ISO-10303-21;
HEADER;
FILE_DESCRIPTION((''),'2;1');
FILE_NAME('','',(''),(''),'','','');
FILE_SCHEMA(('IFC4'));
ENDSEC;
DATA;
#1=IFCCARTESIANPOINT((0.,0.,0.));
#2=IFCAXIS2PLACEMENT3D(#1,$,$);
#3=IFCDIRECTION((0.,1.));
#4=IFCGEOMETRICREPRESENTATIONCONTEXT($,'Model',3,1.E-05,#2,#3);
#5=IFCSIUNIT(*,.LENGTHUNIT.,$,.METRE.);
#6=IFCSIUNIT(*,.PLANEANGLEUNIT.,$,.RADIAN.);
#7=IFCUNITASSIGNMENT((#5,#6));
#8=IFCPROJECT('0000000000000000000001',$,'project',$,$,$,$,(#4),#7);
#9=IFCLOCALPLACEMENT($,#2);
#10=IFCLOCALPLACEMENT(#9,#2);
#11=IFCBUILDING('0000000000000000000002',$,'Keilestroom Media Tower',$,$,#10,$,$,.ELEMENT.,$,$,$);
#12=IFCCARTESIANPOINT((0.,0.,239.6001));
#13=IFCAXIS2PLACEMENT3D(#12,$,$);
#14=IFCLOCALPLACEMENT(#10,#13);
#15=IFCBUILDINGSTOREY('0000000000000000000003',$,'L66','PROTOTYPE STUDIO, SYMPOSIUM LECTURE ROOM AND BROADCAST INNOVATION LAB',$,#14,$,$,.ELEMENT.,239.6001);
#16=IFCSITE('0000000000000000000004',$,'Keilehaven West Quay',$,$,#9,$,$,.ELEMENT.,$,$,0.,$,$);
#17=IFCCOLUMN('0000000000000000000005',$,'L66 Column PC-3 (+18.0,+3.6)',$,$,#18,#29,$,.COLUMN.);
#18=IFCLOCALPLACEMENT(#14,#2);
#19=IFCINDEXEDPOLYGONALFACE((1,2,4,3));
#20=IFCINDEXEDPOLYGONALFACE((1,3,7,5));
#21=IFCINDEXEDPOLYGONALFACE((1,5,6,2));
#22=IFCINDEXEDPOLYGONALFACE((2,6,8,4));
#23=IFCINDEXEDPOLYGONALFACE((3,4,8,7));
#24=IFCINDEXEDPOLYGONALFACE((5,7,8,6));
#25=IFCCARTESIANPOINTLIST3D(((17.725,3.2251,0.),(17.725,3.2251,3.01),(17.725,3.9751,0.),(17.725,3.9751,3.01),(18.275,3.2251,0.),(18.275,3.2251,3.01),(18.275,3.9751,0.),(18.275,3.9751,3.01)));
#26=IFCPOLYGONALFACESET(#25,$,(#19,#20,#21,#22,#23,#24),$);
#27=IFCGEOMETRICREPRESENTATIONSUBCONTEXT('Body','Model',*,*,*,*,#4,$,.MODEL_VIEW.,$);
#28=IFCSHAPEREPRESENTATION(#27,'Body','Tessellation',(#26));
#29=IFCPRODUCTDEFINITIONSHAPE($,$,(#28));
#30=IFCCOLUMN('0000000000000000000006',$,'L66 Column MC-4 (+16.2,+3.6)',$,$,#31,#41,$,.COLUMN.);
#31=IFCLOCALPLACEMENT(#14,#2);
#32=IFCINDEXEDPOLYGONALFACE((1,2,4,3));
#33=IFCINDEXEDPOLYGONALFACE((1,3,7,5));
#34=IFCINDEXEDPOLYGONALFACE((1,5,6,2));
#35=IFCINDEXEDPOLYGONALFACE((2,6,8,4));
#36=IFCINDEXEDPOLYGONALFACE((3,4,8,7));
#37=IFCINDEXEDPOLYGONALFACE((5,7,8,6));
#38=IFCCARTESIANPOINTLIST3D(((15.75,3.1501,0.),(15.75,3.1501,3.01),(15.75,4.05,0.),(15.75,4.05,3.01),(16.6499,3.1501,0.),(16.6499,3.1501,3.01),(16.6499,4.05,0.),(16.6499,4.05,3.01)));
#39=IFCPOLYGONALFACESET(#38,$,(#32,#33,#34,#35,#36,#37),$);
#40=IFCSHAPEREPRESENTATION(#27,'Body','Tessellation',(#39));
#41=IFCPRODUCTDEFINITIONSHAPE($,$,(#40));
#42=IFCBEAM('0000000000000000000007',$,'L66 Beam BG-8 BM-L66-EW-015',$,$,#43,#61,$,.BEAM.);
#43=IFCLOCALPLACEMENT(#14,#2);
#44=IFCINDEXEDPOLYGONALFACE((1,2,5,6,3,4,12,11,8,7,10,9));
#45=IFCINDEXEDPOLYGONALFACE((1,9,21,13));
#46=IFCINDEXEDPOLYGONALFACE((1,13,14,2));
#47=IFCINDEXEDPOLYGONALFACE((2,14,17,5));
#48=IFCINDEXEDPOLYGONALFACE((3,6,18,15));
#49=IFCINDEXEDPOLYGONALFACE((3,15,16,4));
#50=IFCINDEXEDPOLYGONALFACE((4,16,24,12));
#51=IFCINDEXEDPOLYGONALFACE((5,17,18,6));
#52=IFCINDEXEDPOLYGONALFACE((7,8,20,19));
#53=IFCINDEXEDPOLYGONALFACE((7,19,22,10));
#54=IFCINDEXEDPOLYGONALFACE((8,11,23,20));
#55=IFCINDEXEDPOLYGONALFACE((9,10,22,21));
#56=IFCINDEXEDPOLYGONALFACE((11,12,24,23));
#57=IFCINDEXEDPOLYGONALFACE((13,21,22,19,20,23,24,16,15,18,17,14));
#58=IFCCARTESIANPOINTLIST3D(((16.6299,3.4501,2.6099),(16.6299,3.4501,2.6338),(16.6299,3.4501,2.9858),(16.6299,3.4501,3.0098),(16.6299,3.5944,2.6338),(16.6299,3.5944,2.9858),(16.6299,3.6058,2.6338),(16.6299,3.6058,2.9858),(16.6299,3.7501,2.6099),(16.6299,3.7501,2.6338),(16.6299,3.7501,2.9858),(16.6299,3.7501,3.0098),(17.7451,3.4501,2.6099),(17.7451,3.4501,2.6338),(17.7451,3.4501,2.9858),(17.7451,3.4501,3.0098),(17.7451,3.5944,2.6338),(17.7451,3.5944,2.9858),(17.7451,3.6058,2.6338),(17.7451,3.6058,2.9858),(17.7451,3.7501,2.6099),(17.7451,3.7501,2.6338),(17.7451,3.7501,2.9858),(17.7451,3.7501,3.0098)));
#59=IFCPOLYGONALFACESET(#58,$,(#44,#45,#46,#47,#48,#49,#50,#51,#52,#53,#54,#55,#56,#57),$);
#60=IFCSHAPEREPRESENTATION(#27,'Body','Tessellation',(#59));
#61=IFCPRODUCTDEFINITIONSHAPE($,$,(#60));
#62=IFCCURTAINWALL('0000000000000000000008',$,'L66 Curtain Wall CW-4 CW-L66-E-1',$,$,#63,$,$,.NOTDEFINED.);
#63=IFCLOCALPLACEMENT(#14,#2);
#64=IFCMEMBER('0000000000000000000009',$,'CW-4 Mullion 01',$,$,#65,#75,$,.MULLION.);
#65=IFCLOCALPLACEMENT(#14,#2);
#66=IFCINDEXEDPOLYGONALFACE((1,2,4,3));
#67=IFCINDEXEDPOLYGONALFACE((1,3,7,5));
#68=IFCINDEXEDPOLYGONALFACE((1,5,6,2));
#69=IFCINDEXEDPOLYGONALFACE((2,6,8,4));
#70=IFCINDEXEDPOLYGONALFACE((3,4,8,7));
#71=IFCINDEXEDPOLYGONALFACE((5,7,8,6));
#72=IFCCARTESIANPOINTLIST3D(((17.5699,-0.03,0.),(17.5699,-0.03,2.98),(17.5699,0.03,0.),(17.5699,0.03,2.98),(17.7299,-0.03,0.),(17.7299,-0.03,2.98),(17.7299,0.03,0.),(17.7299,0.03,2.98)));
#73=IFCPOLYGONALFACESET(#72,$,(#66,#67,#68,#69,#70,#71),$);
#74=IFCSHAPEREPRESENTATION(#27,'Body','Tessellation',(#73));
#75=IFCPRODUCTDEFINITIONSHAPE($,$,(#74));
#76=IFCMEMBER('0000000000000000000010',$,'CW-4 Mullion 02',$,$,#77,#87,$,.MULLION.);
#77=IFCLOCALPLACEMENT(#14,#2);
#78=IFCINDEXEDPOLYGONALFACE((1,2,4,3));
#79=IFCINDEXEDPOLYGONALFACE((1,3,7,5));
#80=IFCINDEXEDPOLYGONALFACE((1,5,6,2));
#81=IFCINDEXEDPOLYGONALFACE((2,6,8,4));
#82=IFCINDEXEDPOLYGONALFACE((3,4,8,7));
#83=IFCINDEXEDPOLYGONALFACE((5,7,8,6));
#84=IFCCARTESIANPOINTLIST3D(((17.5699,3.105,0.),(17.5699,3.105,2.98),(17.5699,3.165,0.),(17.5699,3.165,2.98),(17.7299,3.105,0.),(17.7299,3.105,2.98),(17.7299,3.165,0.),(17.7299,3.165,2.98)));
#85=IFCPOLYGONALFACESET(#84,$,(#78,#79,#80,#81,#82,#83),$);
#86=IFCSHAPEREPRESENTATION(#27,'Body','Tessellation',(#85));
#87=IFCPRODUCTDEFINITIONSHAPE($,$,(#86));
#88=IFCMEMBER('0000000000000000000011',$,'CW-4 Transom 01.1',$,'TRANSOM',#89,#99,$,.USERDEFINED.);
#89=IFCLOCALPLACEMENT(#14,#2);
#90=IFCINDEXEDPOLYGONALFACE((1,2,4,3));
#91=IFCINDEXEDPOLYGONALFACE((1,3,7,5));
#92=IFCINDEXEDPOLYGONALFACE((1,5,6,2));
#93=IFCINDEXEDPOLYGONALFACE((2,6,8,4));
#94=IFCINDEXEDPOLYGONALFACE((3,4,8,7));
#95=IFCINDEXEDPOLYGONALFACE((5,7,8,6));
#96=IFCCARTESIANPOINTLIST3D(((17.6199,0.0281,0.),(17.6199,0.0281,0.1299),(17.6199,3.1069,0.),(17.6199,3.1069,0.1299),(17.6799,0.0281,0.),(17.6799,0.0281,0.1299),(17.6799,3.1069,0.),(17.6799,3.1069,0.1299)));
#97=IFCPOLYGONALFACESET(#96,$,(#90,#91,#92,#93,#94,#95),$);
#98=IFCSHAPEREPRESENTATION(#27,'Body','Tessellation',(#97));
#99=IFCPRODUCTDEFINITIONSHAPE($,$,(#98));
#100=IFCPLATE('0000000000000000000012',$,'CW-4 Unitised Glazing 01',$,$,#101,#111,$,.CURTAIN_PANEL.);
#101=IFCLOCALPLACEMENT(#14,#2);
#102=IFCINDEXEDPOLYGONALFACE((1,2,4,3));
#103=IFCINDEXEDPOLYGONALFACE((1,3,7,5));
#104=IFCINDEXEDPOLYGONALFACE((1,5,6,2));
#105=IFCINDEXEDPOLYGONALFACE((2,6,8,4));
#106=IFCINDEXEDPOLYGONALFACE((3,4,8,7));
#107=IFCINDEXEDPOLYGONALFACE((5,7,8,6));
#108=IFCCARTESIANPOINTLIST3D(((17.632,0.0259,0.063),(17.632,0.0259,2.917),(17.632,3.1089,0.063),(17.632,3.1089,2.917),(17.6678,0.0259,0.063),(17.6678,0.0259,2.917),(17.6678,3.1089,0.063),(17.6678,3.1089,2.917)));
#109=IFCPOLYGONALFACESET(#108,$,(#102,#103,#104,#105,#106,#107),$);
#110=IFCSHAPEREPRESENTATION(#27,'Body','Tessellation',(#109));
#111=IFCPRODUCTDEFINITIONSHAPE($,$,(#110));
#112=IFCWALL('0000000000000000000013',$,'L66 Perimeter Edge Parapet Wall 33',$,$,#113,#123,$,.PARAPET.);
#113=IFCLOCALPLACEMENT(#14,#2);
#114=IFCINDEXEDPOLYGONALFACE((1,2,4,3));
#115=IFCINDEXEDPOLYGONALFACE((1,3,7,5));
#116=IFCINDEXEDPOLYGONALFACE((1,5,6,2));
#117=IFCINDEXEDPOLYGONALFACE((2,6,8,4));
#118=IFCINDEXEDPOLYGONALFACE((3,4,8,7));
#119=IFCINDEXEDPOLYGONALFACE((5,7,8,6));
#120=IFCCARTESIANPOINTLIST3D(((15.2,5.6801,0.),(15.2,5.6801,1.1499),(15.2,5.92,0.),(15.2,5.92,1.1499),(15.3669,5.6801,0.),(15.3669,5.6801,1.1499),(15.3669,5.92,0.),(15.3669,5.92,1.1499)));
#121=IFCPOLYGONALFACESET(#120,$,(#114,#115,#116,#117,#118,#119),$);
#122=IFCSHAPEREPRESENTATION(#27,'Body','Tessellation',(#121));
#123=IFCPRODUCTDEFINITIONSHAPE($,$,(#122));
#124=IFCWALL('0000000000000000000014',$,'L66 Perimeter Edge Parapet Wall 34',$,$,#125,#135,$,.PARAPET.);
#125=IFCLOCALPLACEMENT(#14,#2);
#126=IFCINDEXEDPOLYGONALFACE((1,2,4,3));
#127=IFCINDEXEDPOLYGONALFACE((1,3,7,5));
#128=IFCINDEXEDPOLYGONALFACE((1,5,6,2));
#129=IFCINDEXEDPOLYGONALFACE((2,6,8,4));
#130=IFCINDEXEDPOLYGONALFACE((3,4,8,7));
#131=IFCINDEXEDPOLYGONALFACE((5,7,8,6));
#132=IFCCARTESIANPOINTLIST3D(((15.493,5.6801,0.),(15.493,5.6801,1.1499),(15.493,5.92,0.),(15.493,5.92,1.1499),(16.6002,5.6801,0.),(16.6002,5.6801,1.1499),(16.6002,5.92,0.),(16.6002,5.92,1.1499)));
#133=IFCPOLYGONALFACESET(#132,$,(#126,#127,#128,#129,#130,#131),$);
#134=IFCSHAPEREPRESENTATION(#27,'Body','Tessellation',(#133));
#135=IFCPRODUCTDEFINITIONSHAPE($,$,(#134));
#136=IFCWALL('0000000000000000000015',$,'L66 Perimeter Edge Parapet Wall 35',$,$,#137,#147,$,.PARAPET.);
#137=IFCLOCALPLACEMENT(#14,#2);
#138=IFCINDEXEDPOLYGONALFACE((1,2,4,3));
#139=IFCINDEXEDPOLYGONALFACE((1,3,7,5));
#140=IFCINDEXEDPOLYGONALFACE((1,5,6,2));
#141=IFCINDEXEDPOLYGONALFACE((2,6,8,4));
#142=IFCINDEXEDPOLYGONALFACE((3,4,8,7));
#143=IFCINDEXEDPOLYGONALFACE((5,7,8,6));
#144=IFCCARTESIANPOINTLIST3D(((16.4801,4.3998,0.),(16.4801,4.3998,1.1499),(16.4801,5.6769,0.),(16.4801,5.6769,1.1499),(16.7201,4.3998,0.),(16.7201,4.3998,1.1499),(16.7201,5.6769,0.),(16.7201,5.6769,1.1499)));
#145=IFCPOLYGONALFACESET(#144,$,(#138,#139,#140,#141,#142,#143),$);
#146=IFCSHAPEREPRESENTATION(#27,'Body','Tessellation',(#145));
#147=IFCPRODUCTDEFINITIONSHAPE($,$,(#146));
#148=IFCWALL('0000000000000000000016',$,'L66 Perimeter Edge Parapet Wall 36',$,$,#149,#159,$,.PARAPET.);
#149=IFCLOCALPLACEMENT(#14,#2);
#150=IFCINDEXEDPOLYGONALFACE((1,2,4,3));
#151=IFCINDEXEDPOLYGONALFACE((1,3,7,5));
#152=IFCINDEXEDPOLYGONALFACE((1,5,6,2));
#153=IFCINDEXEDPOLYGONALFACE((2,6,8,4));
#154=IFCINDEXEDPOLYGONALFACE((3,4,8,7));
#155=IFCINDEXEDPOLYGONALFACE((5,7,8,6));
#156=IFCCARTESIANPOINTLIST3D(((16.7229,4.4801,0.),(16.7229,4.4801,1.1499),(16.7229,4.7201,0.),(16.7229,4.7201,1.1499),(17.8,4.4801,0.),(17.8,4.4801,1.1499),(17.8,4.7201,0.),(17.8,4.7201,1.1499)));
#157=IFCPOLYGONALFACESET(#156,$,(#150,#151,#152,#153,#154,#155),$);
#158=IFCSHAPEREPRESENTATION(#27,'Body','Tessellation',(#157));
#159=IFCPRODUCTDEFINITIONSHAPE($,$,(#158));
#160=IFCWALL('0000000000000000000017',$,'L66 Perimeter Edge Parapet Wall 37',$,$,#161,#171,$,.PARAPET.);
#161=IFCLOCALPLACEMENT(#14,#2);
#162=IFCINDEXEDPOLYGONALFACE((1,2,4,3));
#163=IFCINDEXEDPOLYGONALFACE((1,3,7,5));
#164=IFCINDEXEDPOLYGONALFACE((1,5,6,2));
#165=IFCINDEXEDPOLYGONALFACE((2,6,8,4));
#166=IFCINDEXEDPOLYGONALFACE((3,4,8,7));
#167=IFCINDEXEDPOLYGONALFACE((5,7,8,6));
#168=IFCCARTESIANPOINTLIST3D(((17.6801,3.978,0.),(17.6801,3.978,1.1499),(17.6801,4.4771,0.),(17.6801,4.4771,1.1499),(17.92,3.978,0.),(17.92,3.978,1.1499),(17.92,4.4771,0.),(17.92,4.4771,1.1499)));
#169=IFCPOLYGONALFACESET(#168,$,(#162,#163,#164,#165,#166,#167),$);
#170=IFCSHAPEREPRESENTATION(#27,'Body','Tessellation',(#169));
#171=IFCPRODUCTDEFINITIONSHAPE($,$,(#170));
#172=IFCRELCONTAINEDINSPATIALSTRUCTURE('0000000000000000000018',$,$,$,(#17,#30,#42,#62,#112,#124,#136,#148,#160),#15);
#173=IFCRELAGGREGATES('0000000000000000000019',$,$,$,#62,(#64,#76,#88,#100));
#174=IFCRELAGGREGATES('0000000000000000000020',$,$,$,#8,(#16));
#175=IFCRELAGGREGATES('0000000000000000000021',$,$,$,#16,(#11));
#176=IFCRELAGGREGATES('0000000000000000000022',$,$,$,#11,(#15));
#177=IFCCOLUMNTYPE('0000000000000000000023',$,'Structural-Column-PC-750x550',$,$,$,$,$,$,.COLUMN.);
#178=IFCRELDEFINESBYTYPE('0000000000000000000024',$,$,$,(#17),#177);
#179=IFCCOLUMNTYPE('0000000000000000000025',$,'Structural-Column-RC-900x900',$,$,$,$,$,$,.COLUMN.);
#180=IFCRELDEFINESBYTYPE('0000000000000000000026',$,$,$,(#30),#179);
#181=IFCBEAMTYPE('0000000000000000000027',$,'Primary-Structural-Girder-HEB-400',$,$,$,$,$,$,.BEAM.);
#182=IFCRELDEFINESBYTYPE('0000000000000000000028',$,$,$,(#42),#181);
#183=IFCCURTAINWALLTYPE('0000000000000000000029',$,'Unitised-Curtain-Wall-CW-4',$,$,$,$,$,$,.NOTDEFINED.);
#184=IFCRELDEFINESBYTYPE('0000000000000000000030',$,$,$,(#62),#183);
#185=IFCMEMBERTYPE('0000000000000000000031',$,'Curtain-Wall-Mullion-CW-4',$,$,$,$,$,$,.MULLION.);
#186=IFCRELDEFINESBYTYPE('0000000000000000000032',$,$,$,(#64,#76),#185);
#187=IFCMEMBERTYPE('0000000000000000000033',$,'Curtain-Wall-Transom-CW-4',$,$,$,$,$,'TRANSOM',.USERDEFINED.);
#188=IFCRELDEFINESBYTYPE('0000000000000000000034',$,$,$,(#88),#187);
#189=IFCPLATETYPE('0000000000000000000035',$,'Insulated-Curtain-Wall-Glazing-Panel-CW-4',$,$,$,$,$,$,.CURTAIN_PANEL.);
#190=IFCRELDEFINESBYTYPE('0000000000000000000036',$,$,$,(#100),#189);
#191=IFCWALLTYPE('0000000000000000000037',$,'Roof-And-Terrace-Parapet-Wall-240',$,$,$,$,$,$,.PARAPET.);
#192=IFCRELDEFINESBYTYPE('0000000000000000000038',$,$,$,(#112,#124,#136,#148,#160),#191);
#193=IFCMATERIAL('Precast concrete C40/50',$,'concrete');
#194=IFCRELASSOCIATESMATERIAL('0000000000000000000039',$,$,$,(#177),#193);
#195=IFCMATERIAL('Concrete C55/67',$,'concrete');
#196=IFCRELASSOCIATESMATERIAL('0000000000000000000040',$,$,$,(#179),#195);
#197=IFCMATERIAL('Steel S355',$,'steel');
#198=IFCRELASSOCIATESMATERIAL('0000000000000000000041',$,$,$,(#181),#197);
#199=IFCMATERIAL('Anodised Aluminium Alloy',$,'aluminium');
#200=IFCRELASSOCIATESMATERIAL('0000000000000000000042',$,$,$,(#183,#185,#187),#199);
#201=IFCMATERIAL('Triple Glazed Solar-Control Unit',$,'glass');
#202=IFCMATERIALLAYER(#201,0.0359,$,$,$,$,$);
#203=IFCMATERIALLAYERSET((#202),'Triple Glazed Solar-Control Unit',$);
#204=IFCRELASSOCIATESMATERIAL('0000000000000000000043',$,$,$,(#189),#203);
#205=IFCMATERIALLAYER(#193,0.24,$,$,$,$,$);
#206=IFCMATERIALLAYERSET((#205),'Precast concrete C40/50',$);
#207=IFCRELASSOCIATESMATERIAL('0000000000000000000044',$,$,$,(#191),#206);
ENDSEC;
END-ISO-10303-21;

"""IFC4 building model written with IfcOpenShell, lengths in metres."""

from ifc_helpers import new_model, si_unit, direction, frame, frame_2d, origin, origin_2d, place, context, subcontext, project, spatial, rectangle, i_section, extrude, source, transform, mapped, material, layer, layer_set, material_profile, profile_set, type_object, element, aggregate, save


model = new_model("IFC4")

# Units and contexts
model_context = context("Model", 3, precision=1e-05, world=origin(), true_north=direction((0.0, 1.0)))
body_context = subcontext(model_context, "Body", "Model", "MODEL_VIEW")
ifc_project = project(units=[si_unit("LENGTHUNIT", "METRE"), si_unit("PLANEANGLEUNIT", "RADIAN")], contexts=[model_context])

# Site, building, storey
site_placement = place(None, origin())
site = spatial("IfcSite", under=ifc_project, at=site_placement, Name="Keilehaven West Quay", CompositionType="ELEMENT", RefElevation=0.0)
building_placement = place(site_placement, origin())
building = spatial("IfcBuilding", under=site, at=building_placement, Name="Keilestroom Media Tower", CompositionType="ELEMENT")
storey_placement = place(building_placement, frame((0.0, 0.0, 239.6001)))
storey = spatial("IfcBuildingStorey", under=building, at=storey_placement, Name="L66", Description="PROTOTYPE STUDIO, SYMPOSIUM LECTURE ROOM AND BROADCAST INNOVATION LAB", CompositionType="ELEMENT", Elevation=239.6001)

# Columns
ifc_material_1 = material(Name="Precast concrete C40/50", Category="concrete")
ifc_material_profile_1 = material_profile(ifc_material_1, rectangle(XDim=0.55, YDim=0.75, at=origin_2d()), Name="PC 750x550")
ifc_profile_set_1 = profile_set([ifc_material_profile_1], Name="Precast concrete C40/50")
column_type_1 = type_object("IfcColumnType", Name="Structural-Column-PC-750x550", PredefinedType="COLUMN", material=ifc_profile_set_1)
shared_shape_1 = source(origin(), body_context, "Body", "SweptSolid", [
    extrude(rectangle(XDim=0.55, YDim=0.75, at=origin_2d()), origin(), (0.0, 0.0, 1.0), 3.01),
])
column_1_placement = place(storey_placement, frame((18.0, 3.6001, 0.0), z_axis=(0.0, 0.0, 1.0), x_axis=(1.0, 0.0, 0.0)))
element("IfcColumn", 1, at=column_1_placement, inside=storey, type_object=column_type_1, Name="L66 Column PC-3 (+18.0,+3.6)", PredefinedType="COLUMN", context=body_context, shape_type="MappedRepresentation", body=[
    mapped(shared_shape_1, transform((0.0, 0.0, 0.0), x_axis=(1.0, 0.0, 0.0), y_axis=(0.0, 1.0, 0.0), z_axis=(0.0, 0.0, 1.0), scale=1.0)),
])
ifc_material_2 = material(Name="Concrete C55/67", Category="concrete")
ifc_material_profile_2 = material_profile(ifc_material_2, rectangle(XDim=0.8999, YDim=0.8999, at=origin_2d()), Name="RC 900x900")
ifc_profile_set_2 = profile_set([ifc_material_profile_2], Name="Concrete C55/67")
column_type_2 = type_object("IfcColumnType", Name="Structural-Column-RC-900x900", PredefinedType="COLUMN", material=ifc_profile_set_2)
shared_shape_2 = source(origin(), body_context, "Body", "SweptSolid", [
    extrude(rectangle(XDim=0.8999, YDim=0.8999, at=origin_2d()), origin(), (0.0, 0.0, 1.0), 3.01),
])
column_2_placement = place(storey_placement, frame((16.2, 3.6001, 0.0), z_axis=(0.0, 0.0, 1.0), x_axis=(1.0, 0.0, 0.0)))
element("IfcColumn", 2, at=column_2_placement, inside=storey, type_object=column_type_2, Name="L66 Column MC-4 (+16.2,+3.6)", PredefinedType="COLUMN", context=body_context, shape_type="MappedRepresentation", body=[
    mapped(shared_shape_2, transform((0.0, 0.0, 0.0), x_axis=(1.0, 0.0, 0.0), y_axis=(0.0, 1.0, 0.0), z_axis=(0.0, 0.0, 1.0), scale=1.0)),
])

# Beam
ifc_material_3 = material(Name="Steel S355", Category="steel")
ifc_material_profile_3 = material_profile(ifc_material_3, i_section(OverallWidth=0.3, OverallDepth=0.3999, WebThickness=0.0115, FlangeThickness=0.0239, at=origin_2d()), Name="HEB 400")
ifc_profile_set_3 = profile_set([ifc_material_profile_3], Name="Steel S355")
beam_type = type_object("IfcBeamType", Name="Primary-Structural-Girder-HEB-400", PredefinedType="BEAM", material=ifc_profile_set_3)
shared_shape_3 = source(origin(), body_context, "Body", "SweptSolid", [
    extrude(i_section(OverallWidth=0.3, OverallDepth=0.3999, WebThickness=0.0115, FlangeThickness=0.0239, at=origin_2d()), origin(), (0.0, 0.0, 1.0), 1.1152),
])
beam_placement = place(storey_placement, frame((16.6299, 3.6001, 2.8098), z_axis=(1.0, 0.0, 0.0), x_axis=(0.0, 1.0, 0.0)))
element("IfcBeam", 3, at=beam_placement, inside=storey, type_object=beam_type, Name="L66 Beam BG-8 BM-L66-EW-015", PredefinedType="BEAM", context=body_context, shape_type="MappedRepresentation", body=[
    mapped(shared_shape_3, transform((0.0, 0.0, 0.0), x_axis=(1.0, 0.0, 0.0), y_axis=(0.0, 1.0, 0.0), z_axis=(0.0, 0.0, 1.0), scale=1.0)),
])

# Curtain wall, members, plate
ifc_material_4 = material(Name="Anodised Aluminium Alloy", Category="aluminium")
curtain_wall_type = type_object("IfcCurtainWallType", Name="Unitised-Curtain-Wall-CW-4", PredefinedType="NOTDEFINED", material=ifc_material_4)
curtain_wall_placement = place(storey_placement, origin())
curtain_wall = element("IfcCurtainWall", 4, at=curtain_wall_placement, inside=storey, type_object=curtain_wall_type, Name="L66 Curtain Wall CW-4 CW-L66-E-1", PredefinedType="NOTDEFINED")
ifc_material_profile_4 = material_profile(ifc_material_4, rectangle(XDim=0.0601, YDim=0.1599, at=origin_2d()), Name="ALU MULLION 60x160")
ifc_profile_set_4 = profile_set([ifc_material_profile_4], Name="Anodised Aluminium Alloy")
member_type_1 = type_object("IfcMemberType", Name="Curtain-Wall-Mullion-CW-4", PredefinedType="MULLION", material=ifc_profile_set_4)
shared_shape_4 = source(origin(), body_context, "Body", "SweptSolid", [
    extrude(rectangle(XDim=0.0601, YDim=0.1599, at=origin_2d()), origin(), (0.0, 0.0, 1.0), 2.98),
])
member_1_placement = place(storey_placement, frame((17.6499, 0.0, 0.0), z_axis=(0.0, 0.0, 1.0), x_axis=(0.0, 1.0, 0.0)))
member_1 = element("IfcMember", 5, at=member_1_placement, type_object=member_type_1, Name="CW-4 Mullion 01", PredefinedType="MULLION", context=body_context, shape_type="MappedRepresentation", body=[
    mapped(shared_shape_4, transform((0.0, 0.0, 0.0), x_axis=(1.0, 0.0, 0.0), y_axis=(0.0, 1.0, 0.0), z_axis=(0.0, 0.0, 1.0), scale=1.0)),
])
member_2_placement = place(storey_placement, frame((17.6499, 3.135, 0.0), z_axis=(0.0, 0.0, 1.0), x_axis=(0.0, 1.0, 0.0)))
member_2 = element("IfcMember", 6, at=member_2_placement, type_object=member_type_1, Name="CW-4 Mullion 02", PredefinedType="MULLION", context=body_context, shape_type="MappedRepresentation", body=[
    mapped(shared_shape_4, transform((0.0, 0.0, 0.0), x_axis=(1.0, 0.0, 0.0), y_axis=(0.0, 1.0, 0.0), z_axis=(0.0, 0.0, 1.0), scale=1.0)),
])
ifc_material_profile_5 = material_profile(ifc_material_4, rectangle(XDim=0.0601, YDim=0.1299, at=origin_2d()), Name="ALU TRANSOM 60x130")
ifc_profile_set_5 = profile_set([ifc_material_profile_5], Name="Anodised Aluminium Alloy")
member_type_2 = type_object("IfcMemberType", Name="Curtain-Wall-Transom-CW-4", ElementType="TRANSOM", PredefinedType="USERDEFINED", material=ifc_profile_set_5)
shared_shape_5 = source(origin(), body_context, "Body", "SweptSolid", [
    extrude(rectangle(XDim=0.0601, YDim=0.1299, at=origin_2d()), origin(), (0.0, 0.0, 1.0), 3.0789),
])
member_3_placement = place(storey_placement, frame((17.6499, 0.0281, 0.0649), z_axis=(0.0, 1.0, 0.0), x_axis=(-1.0, 0.0, 0.0)))
member_3 = element("IfcMember", 7, at=member_3_placement, type_object=member_type_2, Name="CW-4 Transom 01.1", ObjectType="TRANSOM", PredefinedType="USERDEFINED", context=body_context, shape_type="MappedRepresentation", body=[
    mapped(shared_shape_5, transform((0.0, 0.0, 0.0), x_axis=(1.0, 0.0, 0.0), y_axis=(0.0, 1.0, 0.0), z_axis=(0.0, 0.0, 1.0), scale=1.0)),
])
ifc_material_5 = material(Name="Triple Glazed Solar-Control Unit", Category="glass")
ifc_layer_1 = layer(ifc_material_5, 0.0359)
ifc_layer_set_1 = layer_set([ifc_layer_1], Name="Triple Glazed Solar-Control Unit")
plate_type = type_object("IfcPlateType", Name="Insulated-Curtain-Wall-Glazing-Panel-CW-4", PredefinedType="CURTAIN_PANEL", material=ifc_layer_set_1)
shared_shape_6 = source(origin(), body_context, "Body", "SweptSolid", [
    extrude(rectangle(XDim=3.083, YDim=0.0359, at=origin_2d()), origin(), (0.0, 0.0, 1.0), 2.854),
])
plate_placement = place(storey_placement, frame((17.6499, 1.5674, 0.063), z_axis=(0.0, 0.0, 1.0), x_axis=(0.0, 1.0, 0.0)))
plate = element("IfcPlate", 8, at=plate_placement, type_object=plate_type, Name="CW-4 Unitised Glazing 01", PredefinedType="CURTAIN_PANEL", context=body_context, shape_type="MappedRepresentation", body=[
    mapped(shared_shape_6, transform((0.0, 0.0, 0.0), x_axis=(1.0, 0.0, 0.0), y_axis=(0.0, 1.0, 0.0), z_axis=(0.0, 0.0, 1.0), scale=1.0)),
])
aggregate(curtain_wall, [member_1, member_2, member_3, plate])

# Walls
ifc_layer_2 = layer(ifc_material_1, 0.24)
ifc_layer_set_2 = layer_set([ifc_layer_2], Name="Precast concrete C40/50")
wall_type = type_object("IfcWallType", Name="Roof-And-Terrace-Parapet-Wall-240", PredefinedType="PARAPET", material=ifc_layer_set_2)
wall_1_placement = place(storey_placement, frame((15.2, 5.8, 0.0), z_axis=(0.0, 0.0, 1.0), x_axis=(1.0, 0.0, 0.0)))
element("IfcWall", 9, at=wall_1_placement, inside=storey, type_object=wall_type, Name="L66 Perimeter Edge Parapet Wall 33", PredefinedType="PARAPET", context=body_context, shape_type="SweptSolid", body=[
    extrude(rectangle(XDim=0.167, YDim=0.24, at=frame_2d((0.0835, 0.0))), origin(), (0.0, 0.0, 1.0), 1.1499),
])
wall_2_placement = place(storey_placement, frame((15.4929, 5.8, 0.0), z_axis=(0.0, 0.0, 1.0), x_axis=(1.0, 0.0, 0.0)))
element("IfcWall", 10, at=wall_2_placement, inside=storey, type_object=wall_type, Name="L66 Perimeter Edge Parapet Wall 34", PredefinedType="PARAPET", context=body_context, shape_type="SweptSolid", body=[
    extrude(rectangle(XDim=1.1072, YDim=0.24, at=frame_2d((0.5537, 0.0))), origin(), (0.0, 0.0, 1.0), 1.1499),
])
wall_3_placement = place(storey_placement, frame((16.6001, 5.677, 0.0), z_axis=(0.0, 0.0, 1.0), x_axis=(0.0, -1.0, 0.0)))
element("IfcWall", 11, at=wall_3_placement, inside=storey, type_object=wall_type, Name="L66 Perimeter Edge Parapet Wall 35", PredefinedType="PARAPET", context=body_context, shape_type="SweptSolid", body=[
    extrude(rectangle(XDim=1.2771, YDim=0.24, at=frame_2d((0.6387, 0.0))), origin(), (0.0, 0.0, 1.0), 1.1499),
])
wall_4_placement = place(storey_placement, frame((16.7229, 4.6001, 0.0), z_axis=(0.0, 0.0, 1.0), x_axis=(1.0, 0.0, 0.0)))
element("IfcWall", 12, at=wall_4_placement, inside=storey, type_object=wall_type, Name="L66 Perimeter Edge Parapet Wall 36", PredefinedType="PARAPET", context=body_context, shape_type="SweptSolid", body=[
    extrude(rectangle(XDim=1.0771, YDim=0.24, at=frame_2d((0.5386, 0.0))), origin(), (0.0, 0.0, 1.0), 1.1499),
])
wall_5_placement = place(storey_placement, frame((17.8, 4.4771, 0.0), z_axis=(0.0, 0.0, 1.0), x_axis=(0.0, -1.0, 0.0)))
element("IfcWall", 13, at=wall_5_placement, inside=storey, type_object=wall_type, Name="L66 Perimeter Edge Parapet Wall 37", PredefinedType="PARAPET", context=body_context, shape_type="SweptSolid", body=[
    extrude(rectangle(XDim=0.499, YDim=0.24, at=frame_2d((0.2495, 0.0))), origin(), (0.0, 0.0, 1.0), 1.1499),
])

save(model, "model.ifc")
